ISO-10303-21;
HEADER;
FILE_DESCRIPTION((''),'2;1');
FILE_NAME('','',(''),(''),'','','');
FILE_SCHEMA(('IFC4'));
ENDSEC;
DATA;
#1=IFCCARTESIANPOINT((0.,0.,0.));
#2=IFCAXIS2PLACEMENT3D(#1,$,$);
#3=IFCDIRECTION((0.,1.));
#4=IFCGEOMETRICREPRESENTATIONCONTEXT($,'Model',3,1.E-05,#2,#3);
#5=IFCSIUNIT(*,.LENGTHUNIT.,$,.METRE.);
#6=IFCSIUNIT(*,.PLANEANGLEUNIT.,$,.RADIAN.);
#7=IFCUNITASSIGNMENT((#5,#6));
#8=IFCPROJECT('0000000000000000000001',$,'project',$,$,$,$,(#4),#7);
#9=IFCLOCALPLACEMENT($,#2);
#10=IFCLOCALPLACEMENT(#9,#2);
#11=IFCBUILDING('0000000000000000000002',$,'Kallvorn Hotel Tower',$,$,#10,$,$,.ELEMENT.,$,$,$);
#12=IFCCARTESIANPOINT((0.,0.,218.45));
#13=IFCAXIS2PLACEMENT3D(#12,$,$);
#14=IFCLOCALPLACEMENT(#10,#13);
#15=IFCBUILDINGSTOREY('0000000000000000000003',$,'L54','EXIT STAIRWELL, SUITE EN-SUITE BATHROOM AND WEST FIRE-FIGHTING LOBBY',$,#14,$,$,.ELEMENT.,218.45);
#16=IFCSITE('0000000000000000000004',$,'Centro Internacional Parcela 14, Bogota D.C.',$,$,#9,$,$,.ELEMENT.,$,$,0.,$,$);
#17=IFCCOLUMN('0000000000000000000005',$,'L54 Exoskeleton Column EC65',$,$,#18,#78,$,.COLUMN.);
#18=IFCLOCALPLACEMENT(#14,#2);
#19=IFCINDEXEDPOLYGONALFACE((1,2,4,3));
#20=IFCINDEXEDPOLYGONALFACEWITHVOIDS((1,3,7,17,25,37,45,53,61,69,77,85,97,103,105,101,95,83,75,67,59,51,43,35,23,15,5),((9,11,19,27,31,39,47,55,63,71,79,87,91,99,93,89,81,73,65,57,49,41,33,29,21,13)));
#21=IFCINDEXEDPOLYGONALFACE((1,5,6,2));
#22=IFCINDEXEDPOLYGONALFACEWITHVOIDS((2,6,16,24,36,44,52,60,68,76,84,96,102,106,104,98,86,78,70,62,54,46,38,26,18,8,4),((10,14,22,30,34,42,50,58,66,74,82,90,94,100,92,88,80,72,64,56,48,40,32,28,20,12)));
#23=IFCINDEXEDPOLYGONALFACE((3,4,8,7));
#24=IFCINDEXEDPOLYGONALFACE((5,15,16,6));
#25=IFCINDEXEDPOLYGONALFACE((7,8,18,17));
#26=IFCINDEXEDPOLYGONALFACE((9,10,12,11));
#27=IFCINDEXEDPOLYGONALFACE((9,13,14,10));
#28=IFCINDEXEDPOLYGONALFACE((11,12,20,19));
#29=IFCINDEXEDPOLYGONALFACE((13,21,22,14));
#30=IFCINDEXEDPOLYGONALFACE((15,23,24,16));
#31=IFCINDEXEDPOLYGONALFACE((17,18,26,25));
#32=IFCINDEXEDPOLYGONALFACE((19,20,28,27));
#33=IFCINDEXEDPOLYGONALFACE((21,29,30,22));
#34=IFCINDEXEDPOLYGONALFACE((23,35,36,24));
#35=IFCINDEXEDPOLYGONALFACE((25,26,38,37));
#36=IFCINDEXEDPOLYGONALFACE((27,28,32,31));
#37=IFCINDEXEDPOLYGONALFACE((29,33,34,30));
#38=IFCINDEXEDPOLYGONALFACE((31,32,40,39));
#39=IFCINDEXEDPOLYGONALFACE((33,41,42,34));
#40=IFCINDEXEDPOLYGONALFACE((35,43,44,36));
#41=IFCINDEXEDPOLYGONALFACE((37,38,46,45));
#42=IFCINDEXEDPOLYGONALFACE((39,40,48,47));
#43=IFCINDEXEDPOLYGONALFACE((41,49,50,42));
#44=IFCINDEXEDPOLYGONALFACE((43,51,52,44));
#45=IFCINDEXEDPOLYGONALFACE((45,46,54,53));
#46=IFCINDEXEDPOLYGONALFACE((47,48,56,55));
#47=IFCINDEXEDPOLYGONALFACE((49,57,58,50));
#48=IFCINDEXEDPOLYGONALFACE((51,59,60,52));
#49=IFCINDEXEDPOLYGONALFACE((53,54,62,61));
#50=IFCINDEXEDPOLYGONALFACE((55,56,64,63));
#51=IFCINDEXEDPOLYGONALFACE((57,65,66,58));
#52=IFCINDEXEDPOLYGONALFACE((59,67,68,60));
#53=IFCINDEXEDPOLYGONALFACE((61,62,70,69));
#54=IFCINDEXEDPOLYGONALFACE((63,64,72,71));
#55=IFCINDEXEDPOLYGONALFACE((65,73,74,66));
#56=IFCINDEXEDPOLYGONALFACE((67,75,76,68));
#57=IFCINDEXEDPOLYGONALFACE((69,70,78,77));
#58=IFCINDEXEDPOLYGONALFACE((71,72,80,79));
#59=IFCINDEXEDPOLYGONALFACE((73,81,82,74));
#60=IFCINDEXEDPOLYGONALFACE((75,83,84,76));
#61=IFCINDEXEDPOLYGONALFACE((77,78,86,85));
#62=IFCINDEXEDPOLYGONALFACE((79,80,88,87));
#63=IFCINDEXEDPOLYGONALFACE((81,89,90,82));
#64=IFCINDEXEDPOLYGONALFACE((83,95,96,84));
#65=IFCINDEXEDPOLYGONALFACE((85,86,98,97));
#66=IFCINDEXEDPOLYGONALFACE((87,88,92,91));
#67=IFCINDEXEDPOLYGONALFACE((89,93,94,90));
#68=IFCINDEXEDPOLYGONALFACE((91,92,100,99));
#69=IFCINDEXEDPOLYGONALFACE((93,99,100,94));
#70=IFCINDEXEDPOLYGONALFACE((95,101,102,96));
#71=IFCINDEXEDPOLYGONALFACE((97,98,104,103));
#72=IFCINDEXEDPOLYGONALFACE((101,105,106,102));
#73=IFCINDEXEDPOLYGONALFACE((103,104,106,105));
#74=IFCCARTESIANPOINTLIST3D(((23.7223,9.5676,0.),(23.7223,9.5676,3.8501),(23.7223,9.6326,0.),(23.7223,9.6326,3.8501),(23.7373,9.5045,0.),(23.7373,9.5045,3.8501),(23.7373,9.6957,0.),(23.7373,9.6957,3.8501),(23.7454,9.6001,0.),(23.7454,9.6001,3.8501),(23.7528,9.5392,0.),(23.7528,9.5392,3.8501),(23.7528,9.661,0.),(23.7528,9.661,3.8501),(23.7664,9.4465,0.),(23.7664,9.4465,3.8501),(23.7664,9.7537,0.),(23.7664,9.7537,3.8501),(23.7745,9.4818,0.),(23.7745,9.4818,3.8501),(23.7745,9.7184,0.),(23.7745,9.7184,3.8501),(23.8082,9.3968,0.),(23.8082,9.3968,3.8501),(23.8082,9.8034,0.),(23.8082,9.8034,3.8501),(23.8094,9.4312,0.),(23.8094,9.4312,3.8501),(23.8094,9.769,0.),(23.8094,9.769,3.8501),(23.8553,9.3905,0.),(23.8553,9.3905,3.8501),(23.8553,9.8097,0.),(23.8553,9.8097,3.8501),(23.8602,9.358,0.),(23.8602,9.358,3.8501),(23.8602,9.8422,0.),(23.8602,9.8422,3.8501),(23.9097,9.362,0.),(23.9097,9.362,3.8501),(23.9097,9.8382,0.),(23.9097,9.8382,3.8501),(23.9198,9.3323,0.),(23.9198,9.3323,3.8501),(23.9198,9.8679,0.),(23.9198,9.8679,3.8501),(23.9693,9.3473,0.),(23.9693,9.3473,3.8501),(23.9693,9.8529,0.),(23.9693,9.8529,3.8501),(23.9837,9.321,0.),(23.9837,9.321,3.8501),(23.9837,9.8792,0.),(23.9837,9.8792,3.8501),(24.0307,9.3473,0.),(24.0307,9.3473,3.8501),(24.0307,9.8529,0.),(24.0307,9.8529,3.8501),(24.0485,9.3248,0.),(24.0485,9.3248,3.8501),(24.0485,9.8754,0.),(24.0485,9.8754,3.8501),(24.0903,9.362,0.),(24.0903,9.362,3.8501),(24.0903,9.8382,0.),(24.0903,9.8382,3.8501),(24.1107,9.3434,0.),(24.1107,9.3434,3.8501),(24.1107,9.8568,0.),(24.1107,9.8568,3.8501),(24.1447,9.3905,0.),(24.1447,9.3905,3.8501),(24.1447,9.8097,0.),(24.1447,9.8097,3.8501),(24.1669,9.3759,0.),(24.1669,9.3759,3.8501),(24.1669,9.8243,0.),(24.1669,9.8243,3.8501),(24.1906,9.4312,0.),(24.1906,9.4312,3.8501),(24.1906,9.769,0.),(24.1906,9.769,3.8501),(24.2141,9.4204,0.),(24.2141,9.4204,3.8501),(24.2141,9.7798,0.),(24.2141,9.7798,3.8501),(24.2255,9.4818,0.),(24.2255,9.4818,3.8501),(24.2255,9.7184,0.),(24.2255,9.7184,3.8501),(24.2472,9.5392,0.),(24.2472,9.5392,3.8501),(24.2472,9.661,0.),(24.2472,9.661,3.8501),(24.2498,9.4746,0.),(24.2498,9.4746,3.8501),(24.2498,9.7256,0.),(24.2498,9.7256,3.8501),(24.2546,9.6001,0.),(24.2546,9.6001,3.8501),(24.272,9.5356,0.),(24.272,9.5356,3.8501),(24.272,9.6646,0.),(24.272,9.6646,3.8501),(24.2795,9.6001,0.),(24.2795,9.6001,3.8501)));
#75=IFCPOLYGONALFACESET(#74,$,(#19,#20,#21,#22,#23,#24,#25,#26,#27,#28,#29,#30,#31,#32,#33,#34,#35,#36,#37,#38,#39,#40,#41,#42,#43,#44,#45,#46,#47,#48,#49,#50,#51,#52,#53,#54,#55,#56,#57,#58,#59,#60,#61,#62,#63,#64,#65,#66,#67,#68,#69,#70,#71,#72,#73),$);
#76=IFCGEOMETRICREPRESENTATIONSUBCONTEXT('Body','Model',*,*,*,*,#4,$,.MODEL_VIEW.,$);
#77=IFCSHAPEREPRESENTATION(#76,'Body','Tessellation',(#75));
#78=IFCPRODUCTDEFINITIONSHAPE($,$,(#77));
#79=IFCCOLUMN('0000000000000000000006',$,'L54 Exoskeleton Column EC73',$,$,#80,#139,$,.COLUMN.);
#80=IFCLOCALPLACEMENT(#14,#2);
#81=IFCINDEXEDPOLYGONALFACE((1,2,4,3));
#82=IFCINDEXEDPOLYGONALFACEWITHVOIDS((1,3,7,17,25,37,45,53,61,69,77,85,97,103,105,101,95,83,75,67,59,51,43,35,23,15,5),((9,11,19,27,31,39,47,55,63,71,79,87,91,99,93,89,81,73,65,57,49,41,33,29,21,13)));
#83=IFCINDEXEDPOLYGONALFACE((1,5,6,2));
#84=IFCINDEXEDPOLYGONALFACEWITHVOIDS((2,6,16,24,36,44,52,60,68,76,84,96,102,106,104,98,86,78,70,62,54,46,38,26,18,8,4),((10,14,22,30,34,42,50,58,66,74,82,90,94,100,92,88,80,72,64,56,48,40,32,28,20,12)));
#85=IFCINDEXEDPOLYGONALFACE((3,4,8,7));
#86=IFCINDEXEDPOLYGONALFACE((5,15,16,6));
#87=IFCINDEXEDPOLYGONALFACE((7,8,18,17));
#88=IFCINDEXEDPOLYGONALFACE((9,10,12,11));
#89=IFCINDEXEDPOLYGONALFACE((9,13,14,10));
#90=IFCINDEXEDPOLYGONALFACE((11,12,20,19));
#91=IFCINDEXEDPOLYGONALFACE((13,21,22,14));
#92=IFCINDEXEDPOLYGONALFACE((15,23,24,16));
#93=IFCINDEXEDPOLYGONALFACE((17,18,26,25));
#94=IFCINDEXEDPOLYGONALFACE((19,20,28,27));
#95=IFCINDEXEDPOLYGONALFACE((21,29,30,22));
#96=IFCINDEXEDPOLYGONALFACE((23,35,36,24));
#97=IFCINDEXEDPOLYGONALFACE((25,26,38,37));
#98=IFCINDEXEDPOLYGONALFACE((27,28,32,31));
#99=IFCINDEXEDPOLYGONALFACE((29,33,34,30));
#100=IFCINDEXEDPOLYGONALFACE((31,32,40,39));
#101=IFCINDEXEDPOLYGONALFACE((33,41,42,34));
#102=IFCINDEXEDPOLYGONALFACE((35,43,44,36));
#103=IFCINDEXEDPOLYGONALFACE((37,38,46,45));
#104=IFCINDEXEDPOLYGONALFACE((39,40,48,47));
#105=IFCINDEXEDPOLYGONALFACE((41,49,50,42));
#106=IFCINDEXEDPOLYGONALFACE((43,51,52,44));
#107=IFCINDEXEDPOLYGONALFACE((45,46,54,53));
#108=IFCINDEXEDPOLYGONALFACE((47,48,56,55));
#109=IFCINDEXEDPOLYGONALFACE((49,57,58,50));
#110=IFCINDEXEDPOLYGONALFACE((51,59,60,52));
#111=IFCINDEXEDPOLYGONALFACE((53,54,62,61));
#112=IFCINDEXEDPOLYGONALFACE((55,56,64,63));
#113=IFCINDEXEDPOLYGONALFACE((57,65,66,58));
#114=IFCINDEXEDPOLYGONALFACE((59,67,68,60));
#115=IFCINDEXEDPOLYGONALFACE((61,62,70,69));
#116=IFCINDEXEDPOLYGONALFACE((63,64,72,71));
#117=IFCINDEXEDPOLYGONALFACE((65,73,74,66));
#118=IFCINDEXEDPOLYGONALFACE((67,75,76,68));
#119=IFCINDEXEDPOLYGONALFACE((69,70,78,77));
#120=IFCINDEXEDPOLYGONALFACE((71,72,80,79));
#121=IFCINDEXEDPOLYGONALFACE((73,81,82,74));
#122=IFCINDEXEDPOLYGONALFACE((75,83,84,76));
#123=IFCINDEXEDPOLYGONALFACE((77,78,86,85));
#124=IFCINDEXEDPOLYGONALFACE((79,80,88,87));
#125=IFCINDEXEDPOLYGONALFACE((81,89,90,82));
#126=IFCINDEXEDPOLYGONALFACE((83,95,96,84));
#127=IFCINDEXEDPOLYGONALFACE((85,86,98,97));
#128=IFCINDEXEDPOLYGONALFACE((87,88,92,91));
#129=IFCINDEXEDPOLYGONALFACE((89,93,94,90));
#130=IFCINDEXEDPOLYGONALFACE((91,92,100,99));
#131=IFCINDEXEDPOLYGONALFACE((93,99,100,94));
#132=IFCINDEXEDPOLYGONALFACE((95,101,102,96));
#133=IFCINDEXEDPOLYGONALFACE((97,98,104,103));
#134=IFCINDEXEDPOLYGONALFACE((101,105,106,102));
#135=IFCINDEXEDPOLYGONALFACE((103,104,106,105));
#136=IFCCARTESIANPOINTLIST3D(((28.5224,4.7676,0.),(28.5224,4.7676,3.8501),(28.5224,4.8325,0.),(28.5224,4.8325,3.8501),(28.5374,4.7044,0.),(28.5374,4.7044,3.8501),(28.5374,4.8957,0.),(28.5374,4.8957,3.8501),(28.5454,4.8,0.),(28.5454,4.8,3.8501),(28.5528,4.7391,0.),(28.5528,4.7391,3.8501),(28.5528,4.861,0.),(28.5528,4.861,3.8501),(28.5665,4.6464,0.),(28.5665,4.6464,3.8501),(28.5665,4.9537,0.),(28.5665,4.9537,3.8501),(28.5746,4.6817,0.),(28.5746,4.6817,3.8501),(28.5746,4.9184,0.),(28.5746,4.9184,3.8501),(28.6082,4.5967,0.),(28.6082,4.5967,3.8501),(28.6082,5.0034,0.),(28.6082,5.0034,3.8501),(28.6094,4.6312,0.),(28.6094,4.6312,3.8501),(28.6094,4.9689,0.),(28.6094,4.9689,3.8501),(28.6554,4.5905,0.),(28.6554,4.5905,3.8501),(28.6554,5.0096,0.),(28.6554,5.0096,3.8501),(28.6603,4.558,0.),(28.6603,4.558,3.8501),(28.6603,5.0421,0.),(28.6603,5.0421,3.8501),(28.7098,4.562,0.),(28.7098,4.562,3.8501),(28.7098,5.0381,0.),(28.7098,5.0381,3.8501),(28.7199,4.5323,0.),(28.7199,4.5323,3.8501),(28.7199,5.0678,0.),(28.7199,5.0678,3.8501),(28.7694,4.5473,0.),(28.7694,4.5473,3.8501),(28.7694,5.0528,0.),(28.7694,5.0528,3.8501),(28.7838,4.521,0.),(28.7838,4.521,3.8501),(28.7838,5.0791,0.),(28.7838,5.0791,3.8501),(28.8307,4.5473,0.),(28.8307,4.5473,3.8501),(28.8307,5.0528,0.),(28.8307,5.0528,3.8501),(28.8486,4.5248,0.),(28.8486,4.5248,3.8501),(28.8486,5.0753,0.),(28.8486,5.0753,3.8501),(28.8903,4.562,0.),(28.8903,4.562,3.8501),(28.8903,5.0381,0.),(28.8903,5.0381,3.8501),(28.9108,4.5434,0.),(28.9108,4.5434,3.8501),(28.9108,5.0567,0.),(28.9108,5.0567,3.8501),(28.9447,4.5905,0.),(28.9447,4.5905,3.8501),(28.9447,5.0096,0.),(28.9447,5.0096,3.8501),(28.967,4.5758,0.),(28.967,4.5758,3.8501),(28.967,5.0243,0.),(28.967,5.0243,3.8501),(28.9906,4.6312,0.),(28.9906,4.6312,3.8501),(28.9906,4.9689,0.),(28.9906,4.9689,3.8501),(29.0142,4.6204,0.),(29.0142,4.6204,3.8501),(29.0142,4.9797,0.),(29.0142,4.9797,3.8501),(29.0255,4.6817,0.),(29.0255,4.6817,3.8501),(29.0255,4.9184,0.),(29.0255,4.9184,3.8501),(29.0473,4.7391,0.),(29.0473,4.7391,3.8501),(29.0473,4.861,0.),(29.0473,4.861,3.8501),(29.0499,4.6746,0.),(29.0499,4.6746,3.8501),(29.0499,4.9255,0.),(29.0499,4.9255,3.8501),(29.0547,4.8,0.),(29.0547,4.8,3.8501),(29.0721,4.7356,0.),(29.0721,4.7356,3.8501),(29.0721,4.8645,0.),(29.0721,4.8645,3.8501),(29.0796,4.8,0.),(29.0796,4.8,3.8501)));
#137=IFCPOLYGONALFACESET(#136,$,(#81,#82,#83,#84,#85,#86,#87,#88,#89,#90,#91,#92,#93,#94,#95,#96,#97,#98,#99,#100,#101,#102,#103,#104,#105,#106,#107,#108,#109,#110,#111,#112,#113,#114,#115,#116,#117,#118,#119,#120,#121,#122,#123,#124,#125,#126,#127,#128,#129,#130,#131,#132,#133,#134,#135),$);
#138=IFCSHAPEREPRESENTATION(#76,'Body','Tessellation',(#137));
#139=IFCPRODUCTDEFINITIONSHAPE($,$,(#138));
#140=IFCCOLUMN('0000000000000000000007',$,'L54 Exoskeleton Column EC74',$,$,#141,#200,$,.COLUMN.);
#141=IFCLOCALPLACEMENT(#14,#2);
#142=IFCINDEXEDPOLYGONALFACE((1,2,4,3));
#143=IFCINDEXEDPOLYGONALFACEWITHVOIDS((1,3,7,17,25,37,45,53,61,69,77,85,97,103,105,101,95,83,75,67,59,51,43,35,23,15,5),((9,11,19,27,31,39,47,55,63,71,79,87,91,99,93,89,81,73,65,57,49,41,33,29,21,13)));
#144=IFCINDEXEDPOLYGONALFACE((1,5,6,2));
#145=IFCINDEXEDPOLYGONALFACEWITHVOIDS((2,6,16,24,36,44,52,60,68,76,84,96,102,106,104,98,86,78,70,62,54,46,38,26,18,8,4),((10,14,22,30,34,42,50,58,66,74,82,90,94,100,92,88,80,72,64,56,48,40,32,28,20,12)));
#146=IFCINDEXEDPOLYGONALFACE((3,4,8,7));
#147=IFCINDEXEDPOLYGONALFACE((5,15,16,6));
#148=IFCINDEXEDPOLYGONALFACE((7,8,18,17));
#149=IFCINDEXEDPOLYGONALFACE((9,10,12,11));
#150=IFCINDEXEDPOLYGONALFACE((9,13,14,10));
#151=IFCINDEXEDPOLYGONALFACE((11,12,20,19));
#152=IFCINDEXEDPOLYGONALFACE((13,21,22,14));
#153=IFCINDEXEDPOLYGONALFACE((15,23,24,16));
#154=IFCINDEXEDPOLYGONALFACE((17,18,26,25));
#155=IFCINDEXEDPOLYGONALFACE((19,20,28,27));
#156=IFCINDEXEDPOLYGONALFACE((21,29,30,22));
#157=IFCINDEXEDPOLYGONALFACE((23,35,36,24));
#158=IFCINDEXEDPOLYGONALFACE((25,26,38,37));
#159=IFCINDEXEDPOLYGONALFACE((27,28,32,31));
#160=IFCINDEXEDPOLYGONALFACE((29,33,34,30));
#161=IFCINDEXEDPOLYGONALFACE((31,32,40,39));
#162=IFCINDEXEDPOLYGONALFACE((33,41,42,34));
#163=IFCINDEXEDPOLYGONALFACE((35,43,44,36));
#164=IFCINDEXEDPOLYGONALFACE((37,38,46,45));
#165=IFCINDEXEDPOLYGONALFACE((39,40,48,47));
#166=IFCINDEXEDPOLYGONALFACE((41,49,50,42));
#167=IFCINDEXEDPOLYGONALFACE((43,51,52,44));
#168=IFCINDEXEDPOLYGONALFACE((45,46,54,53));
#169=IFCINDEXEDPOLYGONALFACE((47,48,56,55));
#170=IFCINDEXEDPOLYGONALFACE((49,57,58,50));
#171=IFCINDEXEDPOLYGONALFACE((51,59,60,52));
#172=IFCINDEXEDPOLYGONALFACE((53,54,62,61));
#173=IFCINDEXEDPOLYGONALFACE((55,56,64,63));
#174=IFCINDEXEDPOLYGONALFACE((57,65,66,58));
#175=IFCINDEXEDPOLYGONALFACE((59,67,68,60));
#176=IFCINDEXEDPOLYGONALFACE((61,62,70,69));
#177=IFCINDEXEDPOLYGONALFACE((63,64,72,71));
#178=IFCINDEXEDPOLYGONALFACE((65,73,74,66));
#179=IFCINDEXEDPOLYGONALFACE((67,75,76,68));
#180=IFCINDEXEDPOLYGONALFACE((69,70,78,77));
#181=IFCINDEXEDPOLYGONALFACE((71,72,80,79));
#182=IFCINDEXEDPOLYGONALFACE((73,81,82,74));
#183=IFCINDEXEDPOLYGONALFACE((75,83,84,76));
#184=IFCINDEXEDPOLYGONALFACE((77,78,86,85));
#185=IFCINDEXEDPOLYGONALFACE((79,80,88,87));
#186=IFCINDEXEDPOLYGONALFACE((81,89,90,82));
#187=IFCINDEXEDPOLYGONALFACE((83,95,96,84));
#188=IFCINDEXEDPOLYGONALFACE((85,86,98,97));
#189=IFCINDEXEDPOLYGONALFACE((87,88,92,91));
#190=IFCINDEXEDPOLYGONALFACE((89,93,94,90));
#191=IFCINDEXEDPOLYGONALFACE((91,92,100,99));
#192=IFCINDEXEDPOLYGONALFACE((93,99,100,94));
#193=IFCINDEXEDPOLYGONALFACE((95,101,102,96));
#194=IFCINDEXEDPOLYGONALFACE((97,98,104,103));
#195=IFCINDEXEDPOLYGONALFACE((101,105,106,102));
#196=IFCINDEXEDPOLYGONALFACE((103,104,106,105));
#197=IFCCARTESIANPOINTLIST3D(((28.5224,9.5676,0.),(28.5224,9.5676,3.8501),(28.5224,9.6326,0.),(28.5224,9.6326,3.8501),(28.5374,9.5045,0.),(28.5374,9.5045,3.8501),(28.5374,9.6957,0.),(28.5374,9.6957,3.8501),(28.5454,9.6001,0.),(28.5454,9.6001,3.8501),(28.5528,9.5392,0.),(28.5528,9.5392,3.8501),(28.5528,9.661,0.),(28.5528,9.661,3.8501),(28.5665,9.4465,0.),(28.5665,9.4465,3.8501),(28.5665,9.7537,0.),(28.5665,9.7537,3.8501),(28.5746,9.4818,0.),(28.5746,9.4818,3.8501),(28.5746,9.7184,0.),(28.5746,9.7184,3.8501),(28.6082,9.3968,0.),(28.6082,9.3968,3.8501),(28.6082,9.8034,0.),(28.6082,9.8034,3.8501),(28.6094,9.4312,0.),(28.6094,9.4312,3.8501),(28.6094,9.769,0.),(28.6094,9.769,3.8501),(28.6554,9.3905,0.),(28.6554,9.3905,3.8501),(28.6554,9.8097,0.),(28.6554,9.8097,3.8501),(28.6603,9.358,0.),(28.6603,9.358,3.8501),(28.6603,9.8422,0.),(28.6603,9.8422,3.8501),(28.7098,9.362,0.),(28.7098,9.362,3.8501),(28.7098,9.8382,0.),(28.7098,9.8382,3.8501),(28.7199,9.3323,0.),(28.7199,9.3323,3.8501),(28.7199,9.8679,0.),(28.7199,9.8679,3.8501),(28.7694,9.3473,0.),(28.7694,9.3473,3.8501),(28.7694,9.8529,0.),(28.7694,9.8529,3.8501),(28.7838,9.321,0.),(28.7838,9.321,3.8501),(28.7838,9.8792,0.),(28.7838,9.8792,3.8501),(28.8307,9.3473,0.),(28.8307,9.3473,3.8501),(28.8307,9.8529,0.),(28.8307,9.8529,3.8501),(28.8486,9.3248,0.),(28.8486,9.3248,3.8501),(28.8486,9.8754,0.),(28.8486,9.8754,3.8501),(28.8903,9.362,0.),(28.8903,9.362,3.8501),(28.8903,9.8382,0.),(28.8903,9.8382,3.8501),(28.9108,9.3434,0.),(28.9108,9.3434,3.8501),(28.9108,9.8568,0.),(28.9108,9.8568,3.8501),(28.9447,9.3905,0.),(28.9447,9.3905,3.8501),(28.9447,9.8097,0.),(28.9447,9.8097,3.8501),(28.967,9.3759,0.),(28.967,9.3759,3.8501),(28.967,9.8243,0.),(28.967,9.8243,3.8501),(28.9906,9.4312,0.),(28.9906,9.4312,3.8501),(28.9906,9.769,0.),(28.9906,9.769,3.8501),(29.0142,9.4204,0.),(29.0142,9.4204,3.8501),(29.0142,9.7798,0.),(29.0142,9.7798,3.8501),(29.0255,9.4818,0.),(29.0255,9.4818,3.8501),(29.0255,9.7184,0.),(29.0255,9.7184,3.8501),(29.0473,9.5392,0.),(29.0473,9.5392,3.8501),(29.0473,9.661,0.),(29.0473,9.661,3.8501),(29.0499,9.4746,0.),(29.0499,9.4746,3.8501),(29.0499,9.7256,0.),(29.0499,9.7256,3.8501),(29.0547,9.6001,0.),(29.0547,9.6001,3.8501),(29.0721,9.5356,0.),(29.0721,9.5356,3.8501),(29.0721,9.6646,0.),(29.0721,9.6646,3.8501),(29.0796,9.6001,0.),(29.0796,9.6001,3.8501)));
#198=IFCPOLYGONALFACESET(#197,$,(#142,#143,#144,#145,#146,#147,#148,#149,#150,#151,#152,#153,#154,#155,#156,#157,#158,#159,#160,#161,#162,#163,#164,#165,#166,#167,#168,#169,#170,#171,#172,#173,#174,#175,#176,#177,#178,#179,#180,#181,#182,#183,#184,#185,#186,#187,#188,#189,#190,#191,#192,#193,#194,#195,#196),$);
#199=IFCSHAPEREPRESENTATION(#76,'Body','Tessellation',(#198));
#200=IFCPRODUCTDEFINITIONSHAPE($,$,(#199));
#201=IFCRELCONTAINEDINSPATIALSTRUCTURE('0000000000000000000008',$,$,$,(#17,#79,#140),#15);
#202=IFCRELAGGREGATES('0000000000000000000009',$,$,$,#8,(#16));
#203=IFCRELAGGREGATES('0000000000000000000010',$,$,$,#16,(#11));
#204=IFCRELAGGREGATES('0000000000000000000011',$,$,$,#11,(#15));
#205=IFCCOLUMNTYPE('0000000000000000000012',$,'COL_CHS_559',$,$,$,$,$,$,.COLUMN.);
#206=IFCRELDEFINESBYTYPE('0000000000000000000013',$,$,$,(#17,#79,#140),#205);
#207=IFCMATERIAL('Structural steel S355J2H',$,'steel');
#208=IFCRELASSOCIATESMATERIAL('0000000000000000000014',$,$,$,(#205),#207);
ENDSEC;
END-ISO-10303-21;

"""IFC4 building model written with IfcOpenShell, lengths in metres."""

from ifc_helpers import new_model, si_unit, direction, frame, origin, origin_2d, place, context, subcontext, project, spatial, hollow_circle, extrude, material, material_profile, profile_set, type_object, element, save


model = new_model("IFC4")

# Units and contexts
model_context = context("Model", 3, precision=1e-05, world=origin(), true_north=direction((0.0, 1.0)))
body_context = subcontext(model_context, "Body", "Model", "MODEL_VIEW")
ifc_project = project(units=[si_unit("LENGTHUNIT", "METRE"), si_unit("PLANEANGLEUNIT", "RADIAN")], contexts=[model_context])

# Site, building, storey
site_placement = place(None, origin())
site = spatial("IfcSite", under=ifc_project, at=site_placement, Name="Centro Internacional Parcela 14, Bogota D.C.", CompositionType="ELEMENT", RefElevation=0.0)
building_placement = place(site_placement, origin())
building = spatial("IfcBuilding", under=site, at=building_placement, Name="Kallvorn Hotel Tower", CompositionType="ELEMENT")
storey_placement = place(building_placement, frame((0.0, 0.0, 218.45)))
storey = spatial("IfcBuildingStorey", under=building, at=storey_placement, Name="L54", Description="EXIT STAIRWELL, SUITE EN-SUITE BATHROOM AND WEST FIRE-FIGHTING LOBBY", CompositionType="ELEMENT", Elevation=218.45)

# Columns
ifc_material_1 = material(Name="Structural steel S355J2H", Category="steel")
ifc_material_profile_1 = material_profile(ifc_material_1, hollow_circle(Radius=0.2795, WallThickness=0.0249, at=origin_2d()), Name="CHS 559x25")
ifc_profile_set_1 = profile_set([ifc_material_profile_1], Name="Structural steel S355J2H")
column_type_1 = type_object("IfcColumnType", Name="COL_CHS_559", PredefinedType="COLUMN", material=ifc_profile_set_1)
for number, where, z_axis, x_axis, name in (
    (1, (24.0, 9.6001, 0.0), (0.0, 0.0, 1.0), (1.0, 0.0, 0.0), "L54 Exoskeleton Column EC65"),
    (2, (28.8, 4.8, 0.0), (0.0, 0.0, 1.0), (1.0, 0.0, 0.0), "L54 Exoskeleton Column EC73"),
    (3, (28.8, 9.6001, 0.0), (0.0, 0.0, 1.0), (1.0, 0.0, 0.0), "L54 Exoskeleton Column EC74"),
):
    element("IfcColumn", number, at=place(storey_placement, frame(where, z_axis=z_axis, x_axis=x_axis)), inside=storey, type_object=column_type_1, Name=name, PredefinedType="COLUMN", context=body_context, shape_type="SweptSolid", body=[
        extrude(hollow_circle(Radius=0.2795, WallThickness=0.0249, at=origin_2d()), origin(), (0.0, 0.0, 1.0), 3.8501),
    ])

save(model, "model.ifc")
